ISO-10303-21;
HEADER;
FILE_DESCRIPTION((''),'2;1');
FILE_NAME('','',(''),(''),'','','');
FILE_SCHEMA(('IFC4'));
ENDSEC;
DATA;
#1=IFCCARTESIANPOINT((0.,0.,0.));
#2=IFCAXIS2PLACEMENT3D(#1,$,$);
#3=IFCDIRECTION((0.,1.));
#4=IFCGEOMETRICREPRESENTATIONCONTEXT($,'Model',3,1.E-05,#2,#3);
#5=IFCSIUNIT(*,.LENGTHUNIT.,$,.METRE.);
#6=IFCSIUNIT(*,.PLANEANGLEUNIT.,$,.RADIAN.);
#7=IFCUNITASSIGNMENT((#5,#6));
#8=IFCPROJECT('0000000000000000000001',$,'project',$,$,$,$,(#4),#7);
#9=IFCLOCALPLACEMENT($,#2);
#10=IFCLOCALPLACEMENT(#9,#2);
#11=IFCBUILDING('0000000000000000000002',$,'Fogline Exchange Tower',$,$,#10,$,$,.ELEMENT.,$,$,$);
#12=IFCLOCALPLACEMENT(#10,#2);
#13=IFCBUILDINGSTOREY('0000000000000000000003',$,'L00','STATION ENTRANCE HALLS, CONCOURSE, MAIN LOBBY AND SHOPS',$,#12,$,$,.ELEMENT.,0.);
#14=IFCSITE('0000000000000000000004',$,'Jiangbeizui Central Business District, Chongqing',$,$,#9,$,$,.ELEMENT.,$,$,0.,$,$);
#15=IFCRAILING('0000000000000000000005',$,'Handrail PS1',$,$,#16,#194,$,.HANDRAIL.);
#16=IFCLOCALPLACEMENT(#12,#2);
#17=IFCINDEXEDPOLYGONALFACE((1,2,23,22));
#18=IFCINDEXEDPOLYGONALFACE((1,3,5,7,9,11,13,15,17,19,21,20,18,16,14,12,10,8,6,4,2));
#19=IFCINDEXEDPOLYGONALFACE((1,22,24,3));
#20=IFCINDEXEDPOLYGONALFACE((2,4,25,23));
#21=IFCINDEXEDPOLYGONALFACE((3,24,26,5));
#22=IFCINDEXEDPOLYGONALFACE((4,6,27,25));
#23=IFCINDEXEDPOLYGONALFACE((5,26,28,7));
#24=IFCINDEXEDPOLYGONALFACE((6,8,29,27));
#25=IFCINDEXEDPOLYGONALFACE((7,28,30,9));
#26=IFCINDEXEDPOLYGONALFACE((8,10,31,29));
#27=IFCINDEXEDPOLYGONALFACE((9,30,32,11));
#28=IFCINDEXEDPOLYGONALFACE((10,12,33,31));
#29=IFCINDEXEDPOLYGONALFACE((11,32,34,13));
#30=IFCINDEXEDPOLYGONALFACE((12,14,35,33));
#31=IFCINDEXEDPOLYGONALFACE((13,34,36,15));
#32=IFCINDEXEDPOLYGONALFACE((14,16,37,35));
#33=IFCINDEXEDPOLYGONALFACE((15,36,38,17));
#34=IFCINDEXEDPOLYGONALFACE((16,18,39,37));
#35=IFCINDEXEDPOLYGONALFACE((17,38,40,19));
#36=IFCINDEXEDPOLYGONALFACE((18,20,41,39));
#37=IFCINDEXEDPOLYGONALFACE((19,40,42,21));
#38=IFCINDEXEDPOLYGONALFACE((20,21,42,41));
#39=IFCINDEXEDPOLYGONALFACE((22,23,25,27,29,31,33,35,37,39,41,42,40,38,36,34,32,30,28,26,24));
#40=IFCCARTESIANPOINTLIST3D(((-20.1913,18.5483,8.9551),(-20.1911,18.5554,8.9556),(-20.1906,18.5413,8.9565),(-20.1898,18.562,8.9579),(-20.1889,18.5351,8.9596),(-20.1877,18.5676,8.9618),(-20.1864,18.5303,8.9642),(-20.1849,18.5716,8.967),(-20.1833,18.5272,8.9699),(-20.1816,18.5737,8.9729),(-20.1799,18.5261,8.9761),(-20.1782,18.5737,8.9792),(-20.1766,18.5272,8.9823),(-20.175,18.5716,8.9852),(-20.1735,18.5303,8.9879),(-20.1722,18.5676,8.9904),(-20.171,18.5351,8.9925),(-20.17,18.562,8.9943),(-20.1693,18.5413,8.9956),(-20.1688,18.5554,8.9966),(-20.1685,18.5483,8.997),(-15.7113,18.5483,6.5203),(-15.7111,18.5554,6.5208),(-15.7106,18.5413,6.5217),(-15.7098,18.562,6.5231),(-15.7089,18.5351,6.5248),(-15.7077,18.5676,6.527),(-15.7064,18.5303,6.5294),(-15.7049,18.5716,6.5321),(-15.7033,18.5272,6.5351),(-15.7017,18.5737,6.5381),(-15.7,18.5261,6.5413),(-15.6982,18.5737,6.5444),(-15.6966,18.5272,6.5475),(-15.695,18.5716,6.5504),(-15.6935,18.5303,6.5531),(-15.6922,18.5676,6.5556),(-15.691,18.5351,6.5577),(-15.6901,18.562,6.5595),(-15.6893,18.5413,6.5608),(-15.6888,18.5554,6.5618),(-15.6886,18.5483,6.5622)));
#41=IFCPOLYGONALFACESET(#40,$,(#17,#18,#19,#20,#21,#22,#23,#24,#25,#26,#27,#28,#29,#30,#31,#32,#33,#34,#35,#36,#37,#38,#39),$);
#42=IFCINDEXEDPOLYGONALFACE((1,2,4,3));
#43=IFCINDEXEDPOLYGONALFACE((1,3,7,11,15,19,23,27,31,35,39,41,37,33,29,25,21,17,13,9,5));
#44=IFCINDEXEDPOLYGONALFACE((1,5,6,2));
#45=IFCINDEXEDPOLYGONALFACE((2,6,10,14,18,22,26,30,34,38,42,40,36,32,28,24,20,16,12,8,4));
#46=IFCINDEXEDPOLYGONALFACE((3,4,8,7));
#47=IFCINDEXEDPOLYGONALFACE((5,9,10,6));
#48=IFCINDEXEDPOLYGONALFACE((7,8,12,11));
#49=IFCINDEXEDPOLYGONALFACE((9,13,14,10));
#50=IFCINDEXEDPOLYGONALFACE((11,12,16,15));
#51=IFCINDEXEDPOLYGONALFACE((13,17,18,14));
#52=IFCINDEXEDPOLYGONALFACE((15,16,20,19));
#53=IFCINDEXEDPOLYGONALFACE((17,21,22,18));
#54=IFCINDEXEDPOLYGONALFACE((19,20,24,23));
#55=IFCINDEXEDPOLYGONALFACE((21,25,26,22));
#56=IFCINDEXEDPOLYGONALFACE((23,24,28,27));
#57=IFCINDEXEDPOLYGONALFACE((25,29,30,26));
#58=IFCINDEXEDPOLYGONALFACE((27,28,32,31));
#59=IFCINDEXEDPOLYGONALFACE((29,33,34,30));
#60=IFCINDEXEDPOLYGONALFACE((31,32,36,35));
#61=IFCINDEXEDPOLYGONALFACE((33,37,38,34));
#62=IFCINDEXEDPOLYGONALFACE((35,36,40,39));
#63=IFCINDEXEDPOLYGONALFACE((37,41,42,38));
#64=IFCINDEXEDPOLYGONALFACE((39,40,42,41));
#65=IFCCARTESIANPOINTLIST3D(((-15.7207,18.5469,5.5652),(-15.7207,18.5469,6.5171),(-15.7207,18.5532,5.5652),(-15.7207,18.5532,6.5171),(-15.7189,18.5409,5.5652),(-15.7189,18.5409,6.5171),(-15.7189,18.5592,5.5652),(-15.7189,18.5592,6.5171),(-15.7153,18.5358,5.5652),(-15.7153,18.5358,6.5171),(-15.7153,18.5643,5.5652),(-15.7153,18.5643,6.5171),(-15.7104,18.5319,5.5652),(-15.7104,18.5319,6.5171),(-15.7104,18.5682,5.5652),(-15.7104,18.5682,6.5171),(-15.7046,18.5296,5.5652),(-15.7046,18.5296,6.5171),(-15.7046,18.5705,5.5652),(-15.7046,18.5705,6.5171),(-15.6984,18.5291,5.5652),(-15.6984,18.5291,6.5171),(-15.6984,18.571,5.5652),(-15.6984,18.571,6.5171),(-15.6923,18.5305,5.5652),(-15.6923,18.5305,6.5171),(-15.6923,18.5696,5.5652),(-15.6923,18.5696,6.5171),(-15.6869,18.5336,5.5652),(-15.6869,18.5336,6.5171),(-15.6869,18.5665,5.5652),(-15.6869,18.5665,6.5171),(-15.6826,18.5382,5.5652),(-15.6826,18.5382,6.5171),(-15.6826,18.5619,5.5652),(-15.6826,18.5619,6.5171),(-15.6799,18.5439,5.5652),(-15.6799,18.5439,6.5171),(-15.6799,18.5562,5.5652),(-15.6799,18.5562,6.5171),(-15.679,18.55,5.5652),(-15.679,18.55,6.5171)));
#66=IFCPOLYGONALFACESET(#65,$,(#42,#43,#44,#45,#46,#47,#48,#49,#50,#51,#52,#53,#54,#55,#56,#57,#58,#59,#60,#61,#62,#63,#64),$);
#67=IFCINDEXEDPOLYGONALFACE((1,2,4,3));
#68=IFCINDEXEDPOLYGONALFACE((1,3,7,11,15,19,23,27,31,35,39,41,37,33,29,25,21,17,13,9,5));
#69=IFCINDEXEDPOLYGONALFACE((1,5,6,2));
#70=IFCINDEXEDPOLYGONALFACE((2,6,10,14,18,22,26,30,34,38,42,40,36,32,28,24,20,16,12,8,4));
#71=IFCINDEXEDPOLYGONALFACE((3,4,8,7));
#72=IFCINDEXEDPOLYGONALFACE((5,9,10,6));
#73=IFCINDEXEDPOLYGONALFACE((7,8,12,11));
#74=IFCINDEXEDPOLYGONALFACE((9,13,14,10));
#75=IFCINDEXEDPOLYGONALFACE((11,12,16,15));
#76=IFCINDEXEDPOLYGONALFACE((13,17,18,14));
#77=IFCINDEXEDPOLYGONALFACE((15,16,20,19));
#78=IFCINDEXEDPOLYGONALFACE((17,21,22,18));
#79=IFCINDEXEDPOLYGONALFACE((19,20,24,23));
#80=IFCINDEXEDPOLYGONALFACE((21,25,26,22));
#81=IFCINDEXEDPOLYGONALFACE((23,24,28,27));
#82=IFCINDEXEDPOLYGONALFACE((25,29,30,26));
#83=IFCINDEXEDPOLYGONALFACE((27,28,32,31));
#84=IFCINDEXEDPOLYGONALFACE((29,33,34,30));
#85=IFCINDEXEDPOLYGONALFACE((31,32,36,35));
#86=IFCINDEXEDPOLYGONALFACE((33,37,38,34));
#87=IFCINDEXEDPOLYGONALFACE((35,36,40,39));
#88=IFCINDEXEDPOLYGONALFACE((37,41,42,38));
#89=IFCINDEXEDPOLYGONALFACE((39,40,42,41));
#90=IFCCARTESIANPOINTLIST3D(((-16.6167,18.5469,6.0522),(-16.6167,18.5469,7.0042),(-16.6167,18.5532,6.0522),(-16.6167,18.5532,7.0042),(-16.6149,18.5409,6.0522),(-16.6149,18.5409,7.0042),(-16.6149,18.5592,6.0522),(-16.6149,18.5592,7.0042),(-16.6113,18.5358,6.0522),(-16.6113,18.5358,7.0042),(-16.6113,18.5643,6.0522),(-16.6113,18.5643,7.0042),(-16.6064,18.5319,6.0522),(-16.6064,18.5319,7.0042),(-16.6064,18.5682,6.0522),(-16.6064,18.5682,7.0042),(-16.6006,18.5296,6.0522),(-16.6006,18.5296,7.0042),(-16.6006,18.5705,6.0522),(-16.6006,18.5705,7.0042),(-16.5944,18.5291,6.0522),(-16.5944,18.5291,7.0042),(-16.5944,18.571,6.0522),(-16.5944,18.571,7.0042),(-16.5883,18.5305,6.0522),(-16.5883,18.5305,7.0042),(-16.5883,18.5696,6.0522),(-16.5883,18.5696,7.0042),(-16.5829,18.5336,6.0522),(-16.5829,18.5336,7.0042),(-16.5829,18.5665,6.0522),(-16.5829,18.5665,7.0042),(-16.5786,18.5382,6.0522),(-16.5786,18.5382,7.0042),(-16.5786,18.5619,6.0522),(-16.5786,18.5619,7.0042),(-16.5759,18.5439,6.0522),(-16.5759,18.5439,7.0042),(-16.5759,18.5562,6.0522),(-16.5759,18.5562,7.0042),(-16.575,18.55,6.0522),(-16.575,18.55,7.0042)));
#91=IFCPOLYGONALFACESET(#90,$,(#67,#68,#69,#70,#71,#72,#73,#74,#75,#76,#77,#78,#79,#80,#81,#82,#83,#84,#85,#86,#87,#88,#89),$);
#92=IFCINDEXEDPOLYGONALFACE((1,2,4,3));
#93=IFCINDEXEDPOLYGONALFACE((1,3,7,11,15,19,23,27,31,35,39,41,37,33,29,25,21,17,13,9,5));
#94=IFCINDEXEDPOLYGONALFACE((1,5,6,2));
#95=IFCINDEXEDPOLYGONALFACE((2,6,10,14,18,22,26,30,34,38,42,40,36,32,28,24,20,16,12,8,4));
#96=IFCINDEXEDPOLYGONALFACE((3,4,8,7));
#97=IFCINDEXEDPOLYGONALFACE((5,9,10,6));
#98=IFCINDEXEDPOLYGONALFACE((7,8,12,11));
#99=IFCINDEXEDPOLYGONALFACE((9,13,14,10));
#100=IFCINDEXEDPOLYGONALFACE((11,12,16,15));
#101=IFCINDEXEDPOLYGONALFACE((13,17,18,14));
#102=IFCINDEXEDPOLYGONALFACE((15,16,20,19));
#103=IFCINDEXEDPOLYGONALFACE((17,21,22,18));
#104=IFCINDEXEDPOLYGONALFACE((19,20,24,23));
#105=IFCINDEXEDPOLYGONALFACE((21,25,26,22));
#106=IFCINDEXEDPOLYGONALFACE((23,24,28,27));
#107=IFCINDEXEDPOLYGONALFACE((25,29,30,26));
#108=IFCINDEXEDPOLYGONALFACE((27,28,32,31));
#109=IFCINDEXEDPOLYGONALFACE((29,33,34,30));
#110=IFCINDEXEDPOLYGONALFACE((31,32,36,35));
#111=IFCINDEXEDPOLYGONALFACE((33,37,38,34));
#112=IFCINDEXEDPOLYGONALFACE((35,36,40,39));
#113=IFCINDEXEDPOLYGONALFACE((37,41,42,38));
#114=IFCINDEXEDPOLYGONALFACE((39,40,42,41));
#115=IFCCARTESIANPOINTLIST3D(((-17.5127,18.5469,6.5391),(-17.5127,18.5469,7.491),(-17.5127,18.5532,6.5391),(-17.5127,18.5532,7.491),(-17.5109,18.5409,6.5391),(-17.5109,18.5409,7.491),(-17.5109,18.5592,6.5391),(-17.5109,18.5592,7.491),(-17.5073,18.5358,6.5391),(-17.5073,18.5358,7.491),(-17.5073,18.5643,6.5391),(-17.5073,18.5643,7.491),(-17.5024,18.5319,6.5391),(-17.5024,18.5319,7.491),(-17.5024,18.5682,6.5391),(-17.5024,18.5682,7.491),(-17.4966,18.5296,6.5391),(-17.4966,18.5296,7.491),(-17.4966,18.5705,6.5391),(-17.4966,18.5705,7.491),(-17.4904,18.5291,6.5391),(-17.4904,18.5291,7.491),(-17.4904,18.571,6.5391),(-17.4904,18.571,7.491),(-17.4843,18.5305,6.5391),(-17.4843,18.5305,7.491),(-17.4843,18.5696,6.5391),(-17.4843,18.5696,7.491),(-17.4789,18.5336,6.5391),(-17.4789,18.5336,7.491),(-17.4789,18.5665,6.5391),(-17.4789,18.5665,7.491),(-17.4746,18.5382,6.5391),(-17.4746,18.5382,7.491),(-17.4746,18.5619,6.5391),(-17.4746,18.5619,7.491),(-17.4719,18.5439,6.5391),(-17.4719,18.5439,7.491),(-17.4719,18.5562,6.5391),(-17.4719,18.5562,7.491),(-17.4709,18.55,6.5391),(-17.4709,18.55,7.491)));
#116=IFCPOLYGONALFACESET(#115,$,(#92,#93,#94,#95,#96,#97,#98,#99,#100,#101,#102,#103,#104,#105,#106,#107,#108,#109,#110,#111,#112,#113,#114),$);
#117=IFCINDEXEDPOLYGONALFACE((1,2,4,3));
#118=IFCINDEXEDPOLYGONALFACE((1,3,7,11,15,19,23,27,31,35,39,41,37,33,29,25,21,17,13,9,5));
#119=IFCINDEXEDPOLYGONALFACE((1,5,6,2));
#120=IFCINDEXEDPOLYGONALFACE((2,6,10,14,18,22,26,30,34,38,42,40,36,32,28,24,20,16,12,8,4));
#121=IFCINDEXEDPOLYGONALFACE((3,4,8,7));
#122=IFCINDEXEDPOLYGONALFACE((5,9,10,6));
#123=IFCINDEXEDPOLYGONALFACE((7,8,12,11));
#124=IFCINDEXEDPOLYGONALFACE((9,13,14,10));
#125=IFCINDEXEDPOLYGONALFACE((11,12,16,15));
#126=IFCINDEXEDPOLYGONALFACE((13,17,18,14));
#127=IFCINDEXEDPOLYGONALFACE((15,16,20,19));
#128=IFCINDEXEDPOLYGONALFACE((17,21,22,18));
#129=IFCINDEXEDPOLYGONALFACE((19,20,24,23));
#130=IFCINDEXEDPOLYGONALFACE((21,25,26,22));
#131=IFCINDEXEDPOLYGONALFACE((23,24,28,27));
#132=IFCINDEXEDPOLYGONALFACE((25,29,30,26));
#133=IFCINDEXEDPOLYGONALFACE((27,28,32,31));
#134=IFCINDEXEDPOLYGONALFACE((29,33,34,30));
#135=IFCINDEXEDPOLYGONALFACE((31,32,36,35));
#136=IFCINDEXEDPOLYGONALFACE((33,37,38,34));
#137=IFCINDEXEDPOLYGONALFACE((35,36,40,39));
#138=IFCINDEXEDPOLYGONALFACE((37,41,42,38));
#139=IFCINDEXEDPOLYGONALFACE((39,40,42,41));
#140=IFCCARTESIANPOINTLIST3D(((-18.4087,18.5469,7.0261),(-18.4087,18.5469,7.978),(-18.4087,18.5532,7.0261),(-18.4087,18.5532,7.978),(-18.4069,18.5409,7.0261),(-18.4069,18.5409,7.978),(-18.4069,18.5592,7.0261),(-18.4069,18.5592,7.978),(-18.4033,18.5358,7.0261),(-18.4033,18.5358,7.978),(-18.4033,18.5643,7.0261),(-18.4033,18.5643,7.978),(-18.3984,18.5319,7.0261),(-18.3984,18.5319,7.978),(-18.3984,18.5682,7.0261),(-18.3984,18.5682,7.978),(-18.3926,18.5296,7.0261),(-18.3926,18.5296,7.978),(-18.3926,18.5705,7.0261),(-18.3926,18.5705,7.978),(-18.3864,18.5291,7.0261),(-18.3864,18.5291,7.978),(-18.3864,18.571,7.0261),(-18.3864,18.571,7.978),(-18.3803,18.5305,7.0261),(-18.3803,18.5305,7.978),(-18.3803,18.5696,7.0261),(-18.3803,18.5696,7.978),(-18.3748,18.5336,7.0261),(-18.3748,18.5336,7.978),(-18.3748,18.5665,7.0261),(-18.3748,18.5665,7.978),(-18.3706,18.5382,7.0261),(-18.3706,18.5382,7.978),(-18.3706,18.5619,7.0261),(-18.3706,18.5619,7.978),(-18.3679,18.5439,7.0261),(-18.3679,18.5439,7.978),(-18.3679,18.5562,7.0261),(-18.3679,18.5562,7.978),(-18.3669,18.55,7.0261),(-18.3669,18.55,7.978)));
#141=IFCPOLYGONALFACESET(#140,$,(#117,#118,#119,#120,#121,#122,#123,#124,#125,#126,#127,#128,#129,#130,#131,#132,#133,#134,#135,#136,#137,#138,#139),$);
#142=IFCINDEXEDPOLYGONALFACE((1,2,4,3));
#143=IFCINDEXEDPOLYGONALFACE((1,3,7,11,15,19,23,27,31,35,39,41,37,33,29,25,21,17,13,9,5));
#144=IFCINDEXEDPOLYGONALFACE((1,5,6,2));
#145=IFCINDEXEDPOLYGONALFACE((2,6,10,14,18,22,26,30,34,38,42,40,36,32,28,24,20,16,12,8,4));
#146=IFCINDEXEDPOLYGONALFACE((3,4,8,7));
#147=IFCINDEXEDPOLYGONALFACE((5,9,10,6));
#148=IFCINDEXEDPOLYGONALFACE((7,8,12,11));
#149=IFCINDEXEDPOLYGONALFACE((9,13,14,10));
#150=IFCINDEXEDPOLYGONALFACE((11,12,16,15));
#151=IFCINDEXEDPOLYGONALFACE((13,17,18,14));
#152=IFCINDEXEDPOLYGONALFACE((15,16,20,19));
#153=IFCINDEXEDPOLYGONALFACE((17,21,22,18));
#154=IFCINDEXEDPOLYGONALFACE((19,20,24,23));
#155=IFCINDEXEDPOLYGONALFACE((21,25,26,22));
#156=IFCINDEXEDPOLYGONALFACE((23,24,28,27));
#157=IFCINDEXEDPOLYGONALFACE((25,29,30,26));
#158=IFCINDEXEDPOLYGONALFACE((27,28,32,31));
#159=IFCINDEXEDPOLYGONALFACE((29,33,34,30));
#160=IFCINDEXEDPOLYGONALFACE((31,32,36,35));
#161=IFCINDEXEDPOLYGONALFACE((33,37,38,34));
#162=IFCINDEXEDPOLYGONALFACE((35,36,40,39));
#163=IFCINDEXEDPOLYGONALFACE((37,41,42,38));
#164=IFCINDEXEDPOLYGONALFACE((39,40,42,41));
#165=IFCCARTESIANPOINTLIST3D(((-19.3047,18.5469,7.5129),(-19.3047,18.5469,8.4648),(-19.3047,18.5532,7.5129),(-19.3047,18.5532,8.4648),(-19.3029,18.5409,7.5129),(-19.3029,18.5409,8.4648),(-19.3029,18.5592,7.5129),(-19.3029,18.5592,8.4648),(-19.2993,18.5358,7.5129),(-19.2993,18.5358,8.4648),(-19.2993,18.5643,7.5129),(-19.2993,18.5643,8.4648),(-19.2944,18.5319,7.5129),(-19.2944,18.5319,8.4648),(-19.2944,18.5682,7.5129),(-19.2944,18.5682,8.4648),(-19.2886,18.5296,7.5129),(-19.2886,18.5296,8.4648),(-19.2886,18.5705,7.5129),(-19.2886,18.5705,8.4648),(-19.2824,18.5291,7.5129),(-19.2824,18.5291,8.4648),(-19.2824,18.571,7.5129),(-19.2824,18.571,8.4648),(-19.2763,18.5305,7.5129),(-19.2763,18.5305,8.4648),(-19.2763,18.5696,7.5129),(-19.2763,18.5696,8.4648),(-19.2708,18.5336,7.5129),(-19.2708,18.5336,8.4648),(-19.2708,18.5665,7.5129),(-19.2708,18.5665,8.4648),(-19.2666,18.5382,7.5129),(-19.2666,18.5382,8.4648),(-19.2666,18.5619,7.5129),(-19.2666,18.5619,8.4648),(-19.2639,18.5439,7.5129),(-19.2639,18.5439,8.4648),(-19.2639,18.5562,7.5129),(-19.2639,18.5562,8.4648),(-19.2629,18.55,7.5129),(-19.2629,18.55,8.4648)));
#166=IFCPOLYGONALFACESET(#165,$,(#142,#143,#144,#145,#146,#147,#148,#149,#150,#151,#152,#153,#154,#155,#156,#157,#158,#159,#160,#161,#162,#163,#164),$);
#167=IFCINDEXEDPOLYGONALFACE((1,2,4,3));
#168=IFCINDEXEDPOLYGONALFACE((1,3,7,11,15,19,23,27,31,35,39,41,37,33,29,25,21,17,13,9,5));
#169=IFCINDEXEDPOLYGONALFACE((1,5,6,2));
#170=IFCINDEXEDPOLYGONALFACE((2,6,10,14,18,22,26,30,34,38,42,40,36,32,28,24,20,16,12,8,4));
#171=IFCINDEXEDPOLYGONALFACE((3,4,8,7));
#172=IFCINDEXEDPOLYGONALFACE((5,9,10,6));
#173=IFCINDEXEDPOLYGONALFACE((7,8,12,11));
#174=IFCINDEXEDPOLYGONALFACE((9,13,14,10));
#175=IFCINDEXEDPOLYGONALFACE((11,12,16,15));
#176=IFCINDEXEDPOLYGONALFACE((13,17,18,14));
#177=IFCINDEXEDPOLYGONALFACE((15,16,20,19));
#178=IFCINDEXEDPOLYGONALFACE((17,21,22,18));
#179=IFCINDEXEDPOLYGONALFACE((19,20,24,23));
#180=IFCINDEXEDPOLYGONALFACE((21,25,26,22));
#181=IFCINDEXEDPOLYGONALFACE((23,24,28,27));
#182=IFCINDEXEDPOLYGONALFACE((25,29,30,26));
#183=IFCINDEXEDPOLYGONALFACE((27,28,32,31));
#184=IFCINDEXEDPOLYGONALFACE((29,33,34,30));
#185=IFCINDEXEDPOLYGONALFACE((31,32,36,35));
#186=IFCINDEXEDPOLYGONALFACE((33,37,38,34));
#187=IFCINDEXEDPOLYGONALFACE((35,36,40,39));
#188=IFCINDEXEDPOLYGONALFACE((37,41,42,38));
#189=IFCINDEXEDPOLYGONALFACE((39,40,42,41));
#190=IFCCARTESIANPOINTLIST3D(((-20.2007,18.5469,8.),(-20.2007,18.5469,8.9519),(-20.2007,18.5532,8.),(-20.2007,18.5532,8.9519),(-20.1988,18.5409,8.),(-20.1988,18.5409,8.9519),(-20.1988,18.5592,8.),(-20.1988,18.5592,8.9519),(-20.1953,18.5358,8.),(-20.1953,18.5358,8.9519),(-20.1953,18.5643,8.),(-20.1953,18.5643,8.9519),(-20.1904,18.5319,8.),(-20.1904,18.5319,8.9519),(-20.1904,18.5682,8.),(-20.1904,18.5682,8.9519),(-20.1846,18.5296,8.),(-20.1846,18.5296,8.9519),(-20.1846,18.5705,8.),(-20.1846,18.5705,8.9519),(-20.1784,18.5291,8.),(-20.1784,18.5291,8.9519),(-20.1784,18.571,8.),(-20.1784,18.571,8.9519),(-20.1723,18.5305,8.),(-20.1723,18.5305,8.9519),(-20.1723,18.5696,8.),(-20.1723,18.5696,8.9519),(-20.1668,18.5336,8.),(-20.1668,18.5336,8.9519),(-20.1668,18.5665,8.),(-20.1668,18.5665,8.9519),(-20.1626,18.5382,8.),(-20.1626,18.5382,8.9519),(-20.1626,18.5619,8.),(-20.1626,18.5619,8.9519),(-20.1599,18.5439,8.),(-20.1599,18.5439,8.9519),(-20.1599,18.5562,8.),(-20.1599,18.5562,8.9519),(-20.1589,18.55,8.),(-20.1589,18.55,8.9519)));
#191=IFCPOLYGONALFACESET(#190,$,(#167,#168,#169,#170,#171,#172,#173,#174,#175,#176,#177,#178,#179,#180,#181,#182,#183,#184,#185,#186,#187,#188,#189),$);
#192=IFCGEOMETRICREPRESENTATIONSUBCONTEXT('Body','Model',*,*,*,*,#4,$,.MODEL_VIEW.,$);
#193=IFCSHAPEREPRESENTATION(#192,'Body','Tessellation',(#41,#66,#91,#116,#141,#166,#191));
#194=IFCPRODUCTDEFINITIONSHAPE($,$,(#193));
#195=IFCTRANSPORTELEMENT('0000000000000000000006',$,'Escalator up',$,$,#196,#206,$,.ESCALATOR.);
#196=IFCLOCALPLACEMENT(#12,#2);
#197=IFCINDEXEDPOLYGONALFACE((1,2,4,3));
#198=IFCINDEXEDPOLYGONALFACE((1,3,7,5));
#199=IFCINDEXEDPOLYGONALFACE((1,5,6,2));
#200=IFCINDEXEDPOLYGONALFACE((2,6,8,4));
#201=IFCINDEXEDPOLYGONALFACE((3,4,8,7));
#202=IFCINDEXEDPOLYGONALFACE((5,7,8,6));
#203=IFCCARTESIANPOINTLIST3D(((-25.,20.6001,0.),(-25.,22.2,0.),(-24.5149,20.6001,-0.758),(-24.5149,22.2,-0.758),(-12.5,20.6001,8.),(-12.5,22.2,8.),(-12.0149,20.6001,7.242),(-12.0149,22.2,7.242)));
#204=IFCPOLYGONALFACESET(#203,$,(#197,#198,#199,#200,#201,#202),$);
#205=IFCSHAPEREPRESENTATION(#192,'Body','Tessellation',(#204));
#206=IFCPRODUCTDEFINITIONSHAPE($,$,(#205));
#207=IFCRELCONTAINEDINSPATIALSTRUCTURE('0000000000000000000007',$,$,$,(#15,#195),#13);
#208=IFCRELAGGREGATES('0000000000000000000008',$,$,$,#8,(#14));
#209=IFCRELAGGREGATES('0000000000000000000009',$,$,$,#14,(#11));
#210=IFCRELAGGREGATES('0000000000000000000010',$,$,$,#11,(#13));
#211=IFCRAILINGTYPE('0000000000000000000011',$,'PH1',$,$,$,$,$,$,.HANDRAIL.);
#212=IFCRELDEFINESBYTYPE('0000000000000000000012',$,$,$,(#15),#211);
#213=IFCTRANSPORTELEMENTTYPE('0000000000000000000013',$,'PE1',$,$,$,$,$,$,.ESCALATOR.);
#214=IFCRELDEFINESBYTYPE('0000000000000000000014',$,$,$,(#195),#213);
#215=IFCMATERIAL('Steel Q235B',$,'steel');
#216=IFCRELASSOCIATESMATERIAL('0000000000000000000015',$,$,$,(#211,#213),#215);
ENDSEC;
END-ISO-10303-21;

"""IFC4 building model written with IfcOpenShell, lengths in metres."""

from ifc_helpers import new_model, si_unit, direction, frame, origin, origin_2d, place, context, subcontext, project, spatial, polyline, circle, outline, extrude, material, type_object, element, save


model = new_model("IFC4")

# Units and contexts
model_context = context("Model", 3, precision=1e-05, world=origin(), true_north=direction((0.0, 1.0)))
body_context = subcontext(model_context, "Body", "Model", "MODEL_VIEW")
ifc_project = project(units=[si_unit("LENGTHUNIT", "METRE"), si_unit("PLANEANGLEUNIT", "RADIAN")], contexts=[model_context])

# Site, building, storey
site_placement = place(None, origin())
site = spatial("IfcSite", under=ifc_project, at=site_placement, Name="Jiangbeizui Central Business District, Chongqing", CompositionType="ELEMENT", RefElevation=0.0)
building_placement = place(site_placement, origin())
building = spatial("IfcBuilding", under=site, at=building_placement, Name="Fogline Exchange Tower", CompositionType="ELEMENT")
storey_placement = place(building_placement, origin())
storey = spatial("IfcBuildingStorey", under=building, at=storey_placement, Name="L00", Description="STATION ENTRANCE HALLS, CONCOURSE, MAIN LOBBY AND SHOPS", CompositionType="ELEMENT", Elevation=0.0)

# Shared definitions
ifc_material_1 = material(Name="Steel Q235B", Category="steel")

# Railing
railing_type_1 = type_object("IfcRailingType", Name="PH1", PredefinedType="HANDRAIL", material=ifc_material_1)
for number, where, name in (
    (1, (-15.7, 18.55, 5.5652), "Handrail PS1"),
):
    element("IfcRailing", number, at=place(storey_placement, frame(where)), inside=storey, type_object=railing_type_1, Name=name, PredefinedType="HANDRAIL", context=body_context, shape_type="SweptSolid", body=[
        extrude(circle(Radius=0.0239, at=origin_2d()), frame((0.0, 0.0, 0.9761), z_axis=(-0.878621, 0.0, 0.47752), x_axis=(0.0, -1.0, 0.0)), (0.0, 0.0, 1.0), 5.0989),
        extrude(circle(Radius=0.021, at=origin_2d()), origin(), (0.0, 0.0, 1.0), 0.9519),
        extrude(circle(Radius=0.021, at=origin_2d()), frame((-0.896, 0.0, 0.4871)), (0.0, 0.0, 1.0), 0.9519),
        extrude(circle(Radius=0.021, at=origin_2d()), frame((-1.792, 0.0, 0.9739)), (0.0, 0.0, 1.0), 0.9519),
        extrude(circle(Radius=0.021, at=origin_2d()), frame((-2.688, 0.0, 1.4609)), (0.0, 0.0, 1.0), 0.9519),
        extrude(circle(Radius=0.021, at=origin_2d()), frame((-3.584, 0.0, 1.9478)), (0.0, 0.0, 1.0), 0.9519),
        extrude(circle(Radius=0.021, at=origin_2d()), frame((-4.48, 0.0, 2.4348)), (0.0, 0.0, 1.0), 0.9519),
    ])

# Transport element
transport_element_type = type_object("IfcTransportElementType", Name="PE1", PredefinedType="ESCALATOR", material=ifc_material_1)
transport_element_1_placement = place(storey_placement, frame((-25.0, 20.6001, 0.0), z_axis=(-0.539054, 0.0, 0.842271), x_axis=(0.0, 1.0, 0.0)))
element("IfcTransportElement", 2, at=transport_element_1_placement, inside=storey, type_object=transport_element_type, Name="Escalator up", PredefinedType="ESCALATOR", context=body_context, shape_type="SweptSolid", body=[
    extrude(outline(polyline([(0.0, 0.0), (1.5999, 0.0), (1.5999, -14.8408), (0.0, -14.8408), (0.0, 0.0)])), origin(), (0.0, 0.0, -1.0), 0.8999),
])

save(model, "model.ifc")
